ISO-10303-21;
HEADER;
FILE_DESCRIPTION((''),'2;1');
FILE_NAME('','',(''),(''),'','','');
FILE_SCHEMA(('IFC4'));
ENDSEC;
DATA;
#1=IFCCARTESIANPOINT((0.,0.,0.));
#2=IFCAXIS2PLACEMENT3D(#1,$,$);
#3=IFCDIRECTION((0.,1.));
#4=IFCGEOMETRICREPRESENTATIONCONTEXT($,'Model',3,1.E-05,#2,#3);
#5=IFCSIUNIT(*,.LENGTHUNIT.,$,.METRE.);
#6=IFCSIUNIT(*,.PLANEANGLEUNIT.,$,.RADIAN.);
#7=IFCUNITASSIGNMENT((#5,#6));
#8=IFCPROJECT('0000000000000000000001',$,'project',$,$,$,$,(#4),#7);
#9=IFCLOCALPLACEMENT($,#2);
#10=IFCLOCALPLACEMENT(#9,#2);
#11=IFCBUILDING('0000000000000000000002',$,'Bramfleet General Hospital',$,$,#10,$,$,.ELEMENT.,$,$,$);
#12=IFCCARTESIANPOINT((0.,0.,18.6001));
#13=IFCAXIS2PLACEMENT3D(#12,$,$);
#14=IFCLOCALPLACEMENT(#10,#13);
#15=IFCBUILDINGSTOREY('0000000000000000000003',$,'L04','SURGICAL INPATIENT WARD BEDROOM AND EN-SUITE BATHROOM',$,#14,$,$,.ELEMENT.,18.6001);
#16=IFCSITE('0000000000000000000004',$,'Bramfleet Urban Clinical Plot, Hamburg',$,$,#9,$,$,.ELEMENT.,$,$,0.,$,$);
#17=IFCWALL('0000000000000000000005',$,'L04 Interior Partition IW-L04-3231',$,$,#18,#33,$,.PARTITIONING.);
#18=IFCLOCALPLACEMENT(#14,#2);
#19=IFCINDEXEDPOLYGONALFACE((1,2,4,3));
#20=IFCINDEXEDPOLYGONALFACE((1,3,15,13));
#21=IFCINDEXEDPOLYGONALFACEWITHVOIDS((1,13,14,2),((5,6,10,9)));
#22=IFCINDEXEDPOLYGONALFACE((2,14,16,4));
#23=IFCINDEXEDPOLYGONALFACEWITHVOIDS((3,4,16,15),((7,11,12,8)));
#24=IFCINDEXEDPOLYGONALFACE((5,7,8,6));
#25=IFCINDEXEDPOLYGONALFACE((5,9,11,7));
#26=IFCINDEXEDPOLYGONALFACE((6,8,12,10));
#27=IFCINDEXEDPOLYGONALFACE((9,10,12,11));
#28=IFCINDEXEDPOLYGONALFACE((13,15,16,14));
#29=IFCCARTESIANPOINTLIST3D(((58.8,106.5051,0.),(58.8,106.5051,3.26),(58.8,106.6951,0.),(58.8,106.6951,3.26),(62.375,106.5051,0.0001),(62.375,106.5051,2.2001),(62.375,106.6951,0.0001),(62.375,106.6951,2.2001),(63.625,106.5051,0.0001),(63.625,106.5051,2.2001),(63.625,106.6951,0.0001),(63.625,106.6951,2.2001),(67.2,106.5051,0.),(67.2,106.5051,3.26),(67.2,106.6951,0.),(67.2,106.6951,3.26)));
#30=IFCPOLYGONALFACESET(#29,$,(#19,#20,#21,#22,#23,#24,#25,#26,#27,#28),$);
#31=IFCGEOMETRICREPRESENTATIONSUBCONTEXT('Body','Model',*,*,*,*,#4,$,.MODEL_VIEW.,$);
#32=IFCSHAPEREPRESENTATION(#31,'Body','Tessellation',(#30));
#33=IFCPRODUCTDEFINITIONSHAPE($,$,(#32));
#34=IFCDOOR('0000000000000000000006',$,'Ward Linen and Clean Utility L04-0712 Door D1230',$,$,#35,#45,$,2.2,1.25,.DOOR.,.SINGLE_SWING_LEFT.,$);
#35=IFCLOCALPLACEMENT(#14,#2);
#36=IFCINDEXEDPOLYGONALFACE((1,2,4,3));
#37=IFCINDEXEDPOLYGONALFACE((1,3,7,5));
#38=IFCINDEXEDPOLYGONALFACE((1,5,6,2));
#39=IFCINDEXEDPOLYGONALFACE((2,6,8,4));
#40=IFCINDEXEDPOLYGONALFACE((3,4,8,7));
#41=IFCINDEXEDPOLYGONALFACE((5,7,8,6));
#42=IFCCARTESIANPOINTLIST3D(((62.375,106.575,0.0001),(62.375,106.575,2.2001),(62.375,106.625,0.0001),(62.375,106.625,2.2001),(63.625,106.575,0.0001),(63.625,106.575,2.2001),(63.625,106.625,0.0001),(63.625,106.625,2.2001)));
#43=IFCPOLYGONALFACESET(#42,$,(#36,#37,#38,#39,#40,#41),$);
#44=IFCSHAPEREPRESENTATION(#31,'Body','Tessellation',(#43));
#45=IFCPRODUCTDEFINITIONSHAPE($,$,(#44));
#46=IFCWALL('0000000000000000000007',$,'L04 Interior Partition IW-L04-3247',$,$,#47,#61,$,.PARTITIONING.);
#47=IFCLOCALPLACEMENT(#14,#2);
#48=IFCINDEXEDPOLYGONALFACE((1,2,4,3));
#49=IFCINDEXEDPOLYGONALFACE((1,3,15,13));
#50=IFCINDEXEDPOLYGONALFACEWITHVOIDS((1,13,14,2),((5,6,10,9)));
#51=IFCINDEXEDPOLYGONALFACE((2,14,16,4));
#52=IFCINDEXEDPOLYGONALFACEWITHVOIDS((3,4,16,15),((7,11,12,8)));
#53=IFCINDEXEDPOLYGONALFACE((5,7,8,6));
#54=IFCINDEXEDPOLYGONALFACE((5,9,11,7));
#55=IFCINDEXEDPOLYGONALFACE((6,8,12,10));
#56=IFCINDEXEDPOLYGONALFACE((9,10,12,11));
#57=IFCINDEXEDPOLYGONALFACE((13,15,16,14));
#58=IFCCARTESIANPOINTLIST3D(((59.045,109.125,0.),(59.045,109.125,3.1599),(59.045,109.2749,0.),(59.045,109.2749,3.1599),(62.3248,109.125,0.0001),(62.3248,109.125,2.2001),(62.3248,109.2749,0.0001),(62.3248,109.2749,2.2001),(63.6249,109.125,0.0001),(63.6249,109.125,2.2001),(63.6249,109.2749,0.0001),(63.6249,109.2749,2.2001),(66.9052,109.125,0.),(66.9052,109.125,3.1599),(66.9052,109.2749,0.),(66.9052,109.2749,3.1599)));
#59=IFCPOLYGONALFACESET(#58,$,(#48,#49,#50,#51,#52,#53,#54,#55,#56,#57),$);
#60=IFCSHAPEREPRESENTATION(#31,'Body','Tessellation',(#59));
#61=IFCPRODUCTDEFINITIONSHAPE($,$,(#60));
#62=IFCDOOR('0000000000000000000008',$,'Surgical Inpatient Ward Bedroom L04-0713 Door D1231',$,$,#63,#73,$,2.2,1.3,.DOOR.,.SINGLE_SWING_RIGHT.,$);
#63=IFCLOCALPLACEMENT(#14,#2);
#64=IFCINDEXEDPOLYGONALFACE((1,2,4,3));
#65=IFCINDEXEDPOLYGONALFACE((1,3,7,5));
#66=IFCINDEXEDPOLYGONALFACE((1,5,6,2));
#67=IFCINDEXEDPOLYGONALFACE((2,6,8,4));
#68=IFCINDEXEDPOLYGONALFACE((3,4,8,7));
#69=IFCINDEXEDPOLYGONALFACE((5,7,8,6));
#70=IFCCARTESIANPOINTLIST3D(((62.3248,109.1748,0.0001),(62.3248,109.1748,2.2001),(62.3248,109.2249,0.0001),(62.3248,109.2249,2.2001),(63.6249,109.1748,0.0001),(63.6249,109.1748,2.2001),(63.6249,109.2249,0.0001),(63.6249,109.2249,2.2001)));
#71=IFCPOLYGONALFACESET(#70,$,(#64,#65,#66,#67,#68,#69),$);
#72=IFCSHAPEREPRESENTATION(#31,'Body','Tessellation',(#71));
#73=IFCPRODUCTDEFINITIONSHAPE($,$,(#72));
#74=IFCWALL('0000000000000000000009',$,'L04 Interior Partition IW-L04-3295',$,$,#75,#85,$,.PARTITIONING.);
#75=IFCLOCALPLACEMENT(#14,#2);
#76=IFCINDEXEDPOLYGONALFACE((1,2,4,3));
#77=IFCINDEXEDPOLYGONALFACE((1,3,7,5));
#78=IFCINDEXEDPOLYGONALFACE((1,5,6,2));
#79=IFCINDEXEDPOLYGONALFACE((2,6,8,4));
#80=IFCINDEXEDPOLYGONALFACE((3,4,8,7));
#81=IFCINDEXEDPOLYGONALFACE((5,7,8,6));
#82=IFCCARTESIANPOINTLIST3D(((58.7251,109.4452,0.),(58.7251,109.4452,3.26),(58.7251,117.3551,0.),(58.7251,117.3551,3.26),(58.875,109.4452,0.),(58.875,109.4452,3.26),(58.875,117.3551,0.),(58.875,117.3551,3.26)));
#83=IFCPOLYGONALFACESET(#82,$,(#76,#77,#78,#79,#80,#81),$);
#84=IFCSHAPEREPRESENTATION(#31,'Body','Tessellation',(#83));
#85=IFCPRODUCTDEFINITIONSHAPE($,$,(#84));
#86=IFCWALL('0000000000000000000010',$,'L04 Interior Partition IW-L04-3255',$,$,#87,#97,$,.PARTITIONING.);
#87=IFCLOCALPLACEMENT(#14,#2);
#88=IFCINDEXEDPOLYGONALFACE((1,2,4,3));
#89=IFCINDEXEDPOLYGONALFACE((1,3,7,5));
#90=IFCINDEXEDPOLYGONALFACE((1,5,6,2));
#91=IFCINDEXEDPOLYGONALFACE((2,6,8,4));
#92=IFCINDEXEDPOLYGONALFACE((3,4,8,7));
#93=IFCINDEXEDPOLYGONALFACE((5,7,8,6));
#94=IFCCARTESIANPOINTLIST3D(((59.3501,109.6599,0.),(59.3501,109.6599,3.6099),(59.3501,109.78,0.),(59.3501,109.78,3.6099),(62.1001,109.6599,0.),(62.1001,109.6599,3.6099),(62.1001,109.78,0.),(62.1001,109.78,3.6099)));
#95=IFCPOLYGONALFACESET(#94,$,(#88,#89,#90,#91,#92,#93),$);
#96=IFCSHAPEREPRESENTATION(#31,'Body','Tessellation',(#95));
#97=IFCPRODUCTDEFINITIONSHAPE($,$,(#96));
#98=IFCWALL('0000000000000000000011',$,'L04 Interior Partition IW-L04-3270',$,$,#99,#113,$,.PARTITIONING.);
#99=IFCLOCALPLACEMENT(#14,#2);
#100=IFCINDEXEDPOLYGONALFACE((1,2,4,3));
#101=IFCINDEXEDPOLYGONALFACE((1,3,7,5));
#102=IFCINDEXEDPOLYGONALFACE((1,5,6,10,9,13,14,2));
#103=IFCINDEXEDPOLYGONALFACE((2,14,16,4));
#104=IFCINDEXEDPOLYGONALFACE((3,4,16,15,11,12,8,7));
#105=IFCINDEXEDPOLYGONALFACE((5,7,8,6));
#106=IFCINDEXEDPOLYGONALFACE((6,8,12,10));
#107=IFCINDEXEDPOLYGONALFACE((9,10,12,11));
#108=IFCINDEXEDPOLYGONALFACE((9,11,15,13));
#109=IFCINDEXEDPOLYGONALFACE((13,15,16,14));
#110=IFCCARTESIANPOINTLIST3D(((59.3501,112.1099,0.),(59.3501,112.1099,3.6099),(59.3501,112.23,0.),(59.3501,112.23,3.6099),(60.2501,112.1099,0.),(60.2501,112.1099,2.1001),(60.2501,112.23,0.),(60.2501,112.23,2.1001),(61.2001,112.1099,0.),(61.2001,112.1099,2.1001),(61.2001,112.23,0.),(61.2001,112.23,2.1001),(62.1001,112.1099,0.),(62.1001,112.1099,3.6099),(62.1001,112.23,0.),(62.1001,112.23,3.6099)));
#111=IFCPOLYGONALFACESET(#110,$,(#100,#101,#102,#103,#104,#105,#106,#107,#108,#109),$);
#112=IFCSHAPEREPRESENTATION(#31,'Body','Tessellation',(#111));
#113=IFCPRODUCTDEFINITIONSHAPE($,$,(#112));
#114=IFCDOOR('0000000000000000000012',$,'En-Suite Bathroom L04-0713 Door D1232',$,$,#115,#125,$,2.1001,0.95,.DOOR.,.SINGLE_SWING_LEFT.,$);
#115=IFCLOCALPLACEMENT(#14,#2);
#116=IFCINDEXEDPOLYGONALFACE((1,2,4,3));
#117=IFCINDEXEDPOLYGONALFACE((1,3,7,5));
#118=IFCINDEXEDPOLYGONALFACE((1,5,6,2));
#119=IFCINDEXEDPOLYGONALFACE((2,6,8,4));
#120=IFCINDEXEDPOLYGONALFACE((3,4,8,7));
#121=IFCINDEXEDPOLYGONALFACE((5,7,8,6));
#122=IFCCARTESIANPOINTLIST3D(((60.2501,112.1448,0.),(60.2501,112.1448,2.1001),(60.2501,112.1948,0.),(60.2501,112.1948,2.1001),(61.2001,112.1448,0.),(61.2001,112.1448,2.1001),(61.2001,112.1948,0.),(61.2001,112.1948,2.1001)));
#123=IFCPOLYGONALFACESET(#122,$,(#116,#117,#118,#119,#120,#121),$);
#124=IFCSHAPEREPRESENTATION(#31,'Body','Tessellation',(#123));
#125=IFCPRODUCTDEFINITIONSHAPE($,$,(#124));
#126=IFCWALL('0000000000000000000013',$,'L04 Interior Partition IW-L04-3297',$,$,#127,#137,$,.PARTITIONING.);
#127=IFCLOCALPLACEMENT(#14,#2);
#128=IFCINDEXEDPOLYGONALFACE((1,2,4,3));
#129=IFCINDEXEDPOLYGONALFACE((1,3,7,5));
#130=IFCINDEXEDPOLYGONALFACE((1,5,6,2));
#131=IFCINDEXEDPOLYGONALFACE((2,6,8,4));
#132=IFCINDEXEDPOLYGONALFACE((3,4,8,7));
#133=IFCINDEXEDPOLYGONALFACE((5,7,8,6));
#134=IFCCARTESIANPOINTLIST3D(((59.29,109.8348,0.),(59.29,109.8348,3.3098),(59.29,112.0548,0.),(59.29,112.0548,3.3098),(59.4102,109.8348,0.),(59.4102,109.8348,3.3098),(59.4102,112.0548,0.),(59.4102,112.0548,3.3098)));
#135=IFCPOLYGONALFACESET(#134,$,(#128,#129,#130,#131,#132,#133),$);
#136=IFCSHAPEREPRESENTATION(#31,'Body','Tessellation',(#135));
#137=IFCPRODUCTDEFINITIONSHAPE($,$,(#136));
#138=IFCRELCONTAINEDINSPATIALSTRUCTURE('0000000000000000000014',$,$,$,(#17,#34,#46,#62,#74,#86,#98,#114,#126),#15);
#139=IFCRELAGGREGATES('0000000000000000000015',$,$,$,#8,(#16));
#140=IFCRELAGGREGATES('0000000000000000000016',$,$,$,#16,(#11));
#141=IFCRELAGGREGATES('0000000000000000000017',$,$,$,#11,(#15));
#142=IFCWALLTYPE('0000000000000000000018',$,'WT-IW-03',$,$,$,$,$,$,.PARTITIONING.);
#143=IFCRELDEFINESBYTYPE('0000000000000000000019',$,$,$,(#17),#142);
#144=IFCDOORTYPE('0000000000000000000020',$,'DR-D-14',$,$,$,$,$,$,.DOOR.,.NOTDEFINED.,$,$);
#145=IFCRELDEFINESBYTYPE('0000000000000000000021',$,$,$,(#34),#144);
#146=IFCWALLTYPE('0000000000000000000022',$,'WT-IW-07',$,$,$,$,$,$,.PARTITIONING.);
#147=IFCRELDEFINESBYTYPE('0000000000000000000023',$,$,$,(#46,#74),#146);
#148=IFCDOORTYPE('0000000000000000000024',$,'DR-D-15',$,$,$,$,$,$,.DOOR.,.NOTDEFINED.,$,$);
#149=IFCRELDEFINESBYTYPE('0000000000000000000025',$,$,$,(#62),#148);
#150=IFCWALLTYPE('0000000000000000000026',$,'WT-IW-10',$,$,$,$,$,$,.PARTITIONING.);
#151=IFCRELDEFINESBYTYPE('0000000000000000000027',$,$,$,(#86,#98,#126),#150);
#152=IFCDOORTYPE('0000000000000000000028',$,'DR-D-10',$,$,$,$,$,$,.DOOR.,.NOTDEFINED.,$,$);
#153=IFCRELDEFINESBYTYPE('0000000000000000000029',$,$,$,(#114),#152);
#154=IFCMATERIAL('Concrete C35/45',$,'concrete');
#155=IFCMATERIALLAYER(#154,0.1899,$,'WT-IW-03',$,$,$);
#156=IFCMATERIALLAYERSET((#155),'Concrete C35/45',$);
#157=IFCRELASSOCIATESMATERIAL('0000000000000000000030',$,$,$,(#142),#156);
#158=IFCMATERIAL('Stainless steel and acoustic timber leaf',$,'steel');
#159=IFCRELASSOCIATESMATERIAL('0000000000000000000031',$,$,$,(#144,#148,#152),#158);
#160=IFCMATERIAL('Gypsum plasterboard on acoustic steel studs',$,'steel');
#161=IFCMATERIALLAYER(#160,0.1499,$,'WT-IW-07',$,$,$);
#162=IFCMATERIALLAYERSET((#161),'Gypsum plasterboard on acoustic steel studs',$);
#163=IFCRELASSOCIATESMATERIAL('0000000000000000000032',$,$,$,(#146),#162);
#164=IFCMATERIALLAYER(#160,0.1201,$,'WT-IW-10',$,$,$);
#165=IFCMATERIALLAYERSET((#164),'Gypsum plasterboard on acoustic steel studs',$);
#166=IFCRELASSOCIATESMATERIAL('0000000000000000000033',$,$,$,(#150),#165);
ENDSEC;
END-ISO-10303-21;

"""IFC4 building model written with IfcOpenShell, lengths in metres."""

from ifc_helpers import new_model, si_unit, direction, frame, frame_2d, origin, place, context, subcontext, project, spatial, rectangle, extrude, material, layer, layer_set, type_object, element, fill, save


model = new_model("IFC4")

# Units and contexts
model_context = context("Model", 3, precision=1e-05, world=origin(), true_north=direction((0.0, 1.0)))
body_context = subcontext(model_context, "Body", "Model", "MODEL_VIEW")
ifc_project = project(units=[si_unit("LENGTHUNIT", "METRE"), si_unit("PLANEANGLEUNIT", "RADIAN")], contexts=[model_context])

# Site, building, storey
site_placement = place(None, origin())
site = spatial("IfcSite", under=ifc_project, at=site_placement, Name="Bramfleet Urban Clinical Plot, Hamburg", CompositionType="ELEMENT", RefElevation=0.0)
building_placement = place(site_placement, origin())
building = spatial("IfcBuilding", under=site, at=building_placement, Name="Bramfleet General Hospital", CompositionType="ELEMENT")
storey_placement = place(building_placement, frame((0.0, 0.0, 18.6001)))
storey = spatial("IfcBuildingStorey", under=building, at=storey_placement, Name="L04", Description="SURGICAL INPATIENT WARD BEDROOM AND EN-SUITE BATHROOM", CompositionType="ELEMENT", Elevation=18.6001)

# Walls, openings, doors
ifc_material_1 = material(Name="Concrete C35/45", Category="concrete")
ifc_layer_1 = layer(ifc_material_1, 0.1899, Name="WT-IW-03")
ifc_layer_set_1 = layer_set([ifc_layer_1], Name="Concrete C35/45")
wall_type_1 = type_object("IfcWallType", Name="WT-IW-03", PredefinedType="PARTITIONING", material=ifc_layer_set_1)
wall_1_placement = place(storey_placement, frame((58.8, 106.6001, 0.0), z_axis=(0.0, 0.0, 1.0), x_axis=(1.0, 0.0, 0.0)))
wall_1 = element("IfcWall", 1, at=wall_1_placement, inside=storey, type_object=wall_type_1, Name="L04 Interior Partition IW-L04-3231", PredefinedType="PARTITIONING", context=body_context, shape_type="SweptSolid", body=[
    extrude(rectangle(XDim=8.3999, YDim=0.1899, at=frame_2d((4.2, 0.0))), origin(), (0.0, 0.0, 1.0), 3.26),
])
opening_1_placement = place(wall_1_placement, frame((3.575, 0.0, 0.0)))
opening_1 = element("IfcOpeningElement", 2, at=opening_1_placement, cuts=wall_1, PredefinedType="OPENING", context=body_context, shape_type="SweptSolid", body=[
    extrude(rectangle(XDim=1.25, YDim=2.2, at=frame_2d((0.625, 1.1001))), frame((0.0, 0.105, 0.0), z_axis=(0.0, -1.0, 0.0), x_axis=(1.0, 0.0, 0.0)), (0.0, 0.0, 1.0), 0.21),
])
ifc_material_2 = material(Name="Stainless steel and acoustic timber leaf", Category="steel")
door_type_1 = type_object("IfcDoorType", Name="DR-D-14", OperationType="NOTDEFINED", PredefinedType="DOOR", material=ifc_material_2)
door_1_placement = place(opening_1_placement, origin())
door_1 = element("IfcDoor", 3, at=door_1_placement, inside=storey, type_object=door_type_1, Name="Ward Linen and Clean Utility L04-0712 Door D1230", OperationType="SINGLE_SWING_LEFT", OverallHeight=2.2, OverallWidth=1.25, PredefinedType="DOOR", context=body_context, shape_type="SweptSolid", body=[
    extrude(rectangle(XDim=1.25, YDim=2.2, at=frame_2d((0.625, 1.1001))), frame((0.0, 0.0249, 0.0), z_axis=(0.0, -1.0, 0.0), x_axis=(1.0, 0.0, 0.0)), (0.0, 0.0, 1.0), 0.05),
])
fill(opening_1, door_1)
ifc_material_3 = material(Name="Gypsum plasterboard on acoustic steel studs", Category="steel")
ifc_layer_2 = layer(ifc_material_3, 0.1499, Name="WT-IW-07")
ifc_layer_set_2 = layer_set([ifc_layer_2], Name="Gypsum plasterboard on acoustic steel studs")
wall_type_2 = type_object("IfcWallType", Name="WT-IW-07", PredefinedType="PARTITIONING", material=ifc_layer_set_2)
wall_2_placement = place(storey_placement, frame((59.0449, 109.2, 0.0), z_axis=(0.0, 0.0, 1.0), x_axis=(1.0, 0.0, 0.0)))
wall_2 = element("IfcWall", 4, at=wall_2_placement, inside=storey, type_object=wall_type_2, Name="L04 Interior Partition IW-L04-3247", PredefinedType="PARTITIONING", context=body_context, shape_type="SweptSolid", body=[
    extrude(rectangle(XDim=7.8601, YDim=0.1499, at=frame_2d((3.9302, 0.0))), origin(), (0.0, 0.0, 1.0), 3.1599),
])
opening_2_placement = place(wall_2_placement, frame((3.28, 0.0, 0.0)))
opening_2 = element("IfcOpeningElement", 5, at=opening_2_placement, cuts=wall_2, PredefinedType="OPENING", context=body_context, shape_type="SweptSolid", body=[
    extrude(rectangle(XDim=1.3, YDim=2.2, at=frame_2d((0.6499, 1.1001))), frame((0.0, 0.085, 0.0), z_axis=(0.0, -1.0, 0.0), x_axis=(1.0, 0.0, 0.0)), (0.0, 0.0, 1.0), 0.1699),
])
door_type_2 = type_object("IfcDoorType", Name="DR-D-15", OperationType="NOTDEFINED", PredefinedType="DOOR", material=ifc_material_2)
door_2_placement = place(opening_2_placement, origin())
door_2 = element("IfcDoor", 6, at=door_2_placement, inside=storey, type_object=door_type_2, Name="Surgical Inpatient Ward Bedroom L04-0713 Door D1231", OperationType="SINGLE_SWING_RIGHT", OverallHeight=2.2, OverallWidth=1.3, PredefinedType="DOOR", context=body_context, shape_type="SweptSolid", body=[
    extrude(rectangle(XDim=1.3, YDim=2.2, at=frame_2d((0.6499, 1.1001))), frame((0.0, 0.0249, 0.0), z_axis=(0.0, -1.0, 0.0), x_axis=(1.0, 0.0, 0.0)), (0.0, 0.0, 1.0), 0.05),
])
fill(opening_2, door_2)

# Walls
wall_3_placement = place(storey_placement, frame((58.8, 109.4451, 0.0), z_axis=(0.0, 0.0, 1.0), x_axis=(0.0, 1.0, 0.0)))
element("IfcWall", 7, at=wall_3_placement, inside=storey, type_object=wall_type_2, Name="L04 Interior Partition IW-L04-3295", PredefinedType="PARTITIONING", context=body_context, shape_type="SweptSolid", body=[
    extrude(rectangle(XDim=7.9099, YDim=0.1499, at=frame_2d((3.9551, 0.0))), origin(), (0.0, 0.0, 1.0), 3.26),
])
ifc_layer_3 = layer(ifc_material_3, 0.1201, Name="WT-IW-10")
ifc_layer_set_3 = layer_set([ifc_layer_3], Name="Gypsum plasterboard on acoustic steel studs")
wall_type_3 = type_object("IfcWallType", Name="WT-IW-10", PredefinedType="PARTITIONING", material=ifc_layer_set_3)
wall_4_placement = place(storey_placement, frame((59.3501, 109.72, 0.0), z_axis=(0.0, 0.0, 1.0), x_axis=(1.0, 0.0, 0.0)))
element("IfcWall", 8, at=wall_4_placement, inside=storey, type_object=wall_type_3, Name="L04 Interior Partition IW-L04-3255", PredefinedType="PARTITIONING", context=body_context, shape_type="SweptSolid", body=[
    extrude(rectangle(XDim=2.75, YDim=0.1201, at=frame_2d((1.375, 0.0))), origin(), (0.0, 0.0, 1.0), 3.6099),
])

# Wall, opening, door
wall_5_placement = place(storey_placement, frame((59.3501, 112.1699, 0.0), z_axis=(0.0, 0.0, 1.0), x_axis=(1.0, 0.0, 0.0)))
wall_5 = element("IfcWall", 9, at=wall_5_placement, inside=storey, type_object=wall_type_3, Name="L04 Interior Partition IW-L04-3270", PredefinedType="PARTITIONING", context=body_context, shape_type="SweptSolid", body=[
    extrude(rectangle(XDim=2.75, YDim=0.1201, at=frame_2d((1.375, 0.0))), origin(), (0.0, 0.0, 1.0), 3.6099),
])
opening_3_placement = place(wall_5_placement, frame((0.8999, 0.0, 0.0)))
opening_3 = element("IfcOpeningElement", 10, at=opening_3_placement, cuts=wall_5, PredefinedType="OPENING", context=body_context, shape_type="SweptSolid", body=[
    extrude(rectangle(XDim=0.95, YDim=2.1001, at=frame_2d((0.4751, 1.05))), frame((0.0, 0.0701, 0.0), z_axis=(0.0, -1.0, 0.0), x_axis=(1.0, 0.0, 0.0)), (0.0, 0.0, 1.0), 0.1401),
])
door_type_3 = type_object("IfcDoorType", Name="DR-D-10", OperationType="NOTDEFINED", PredefinedType="DOOR", material=ifc_material_2)
door_3_placement = place(opening_3_placement, origin())
door_3 = element("IfcDoor", 11, at=door_3_placement, inside=storey, type_object=door_type_3, Name="En-Suite Bathroom L04-0713 Door D1232", OperationType="SINGLE_SWING_LEFT", OverallHeight=2.1001, OverallWidth=0.95, PredefinedType="DOOR", context=body_context, shape_type="SweptSolid", body=[
    extrude(rectangle(XDim=0.95, YDim=2.1001, at=frame_2d((0.4751, 1.05))), frame((0.0, 0.0249, 0.0), z_axis=(0.0, -1.0, 0.0), x_axis=(1.0, 0.0, 0.0)), (0.0, 0.0, 1.0), 0.05),
])
fill(opening_3, door_3)

# Wall
wall_6_placement = place(storey_placement, frame((59.3501, 109.835, 0.0), z_axis=(0.0, 0.0, 1.0), x_axis=(0.0, 1.0, 0.0)))
element("IfcWall", 12, at=wall_6_placement, inside=storey, type_object=wall_type_3, Name="L04 Interior Partition IW-L04-3297", PredefinedType="PARTITIONING", context=body_context, shape_type="SweptSolid", body=[
    extrude(rectangle(XDim=2.22, YDim=0.1201, at=frame_2d((1.1099, 0.0))), origin(), (0.0, 0.0, 1.0), 3.3098),
])

save(model, "model.ifc")
